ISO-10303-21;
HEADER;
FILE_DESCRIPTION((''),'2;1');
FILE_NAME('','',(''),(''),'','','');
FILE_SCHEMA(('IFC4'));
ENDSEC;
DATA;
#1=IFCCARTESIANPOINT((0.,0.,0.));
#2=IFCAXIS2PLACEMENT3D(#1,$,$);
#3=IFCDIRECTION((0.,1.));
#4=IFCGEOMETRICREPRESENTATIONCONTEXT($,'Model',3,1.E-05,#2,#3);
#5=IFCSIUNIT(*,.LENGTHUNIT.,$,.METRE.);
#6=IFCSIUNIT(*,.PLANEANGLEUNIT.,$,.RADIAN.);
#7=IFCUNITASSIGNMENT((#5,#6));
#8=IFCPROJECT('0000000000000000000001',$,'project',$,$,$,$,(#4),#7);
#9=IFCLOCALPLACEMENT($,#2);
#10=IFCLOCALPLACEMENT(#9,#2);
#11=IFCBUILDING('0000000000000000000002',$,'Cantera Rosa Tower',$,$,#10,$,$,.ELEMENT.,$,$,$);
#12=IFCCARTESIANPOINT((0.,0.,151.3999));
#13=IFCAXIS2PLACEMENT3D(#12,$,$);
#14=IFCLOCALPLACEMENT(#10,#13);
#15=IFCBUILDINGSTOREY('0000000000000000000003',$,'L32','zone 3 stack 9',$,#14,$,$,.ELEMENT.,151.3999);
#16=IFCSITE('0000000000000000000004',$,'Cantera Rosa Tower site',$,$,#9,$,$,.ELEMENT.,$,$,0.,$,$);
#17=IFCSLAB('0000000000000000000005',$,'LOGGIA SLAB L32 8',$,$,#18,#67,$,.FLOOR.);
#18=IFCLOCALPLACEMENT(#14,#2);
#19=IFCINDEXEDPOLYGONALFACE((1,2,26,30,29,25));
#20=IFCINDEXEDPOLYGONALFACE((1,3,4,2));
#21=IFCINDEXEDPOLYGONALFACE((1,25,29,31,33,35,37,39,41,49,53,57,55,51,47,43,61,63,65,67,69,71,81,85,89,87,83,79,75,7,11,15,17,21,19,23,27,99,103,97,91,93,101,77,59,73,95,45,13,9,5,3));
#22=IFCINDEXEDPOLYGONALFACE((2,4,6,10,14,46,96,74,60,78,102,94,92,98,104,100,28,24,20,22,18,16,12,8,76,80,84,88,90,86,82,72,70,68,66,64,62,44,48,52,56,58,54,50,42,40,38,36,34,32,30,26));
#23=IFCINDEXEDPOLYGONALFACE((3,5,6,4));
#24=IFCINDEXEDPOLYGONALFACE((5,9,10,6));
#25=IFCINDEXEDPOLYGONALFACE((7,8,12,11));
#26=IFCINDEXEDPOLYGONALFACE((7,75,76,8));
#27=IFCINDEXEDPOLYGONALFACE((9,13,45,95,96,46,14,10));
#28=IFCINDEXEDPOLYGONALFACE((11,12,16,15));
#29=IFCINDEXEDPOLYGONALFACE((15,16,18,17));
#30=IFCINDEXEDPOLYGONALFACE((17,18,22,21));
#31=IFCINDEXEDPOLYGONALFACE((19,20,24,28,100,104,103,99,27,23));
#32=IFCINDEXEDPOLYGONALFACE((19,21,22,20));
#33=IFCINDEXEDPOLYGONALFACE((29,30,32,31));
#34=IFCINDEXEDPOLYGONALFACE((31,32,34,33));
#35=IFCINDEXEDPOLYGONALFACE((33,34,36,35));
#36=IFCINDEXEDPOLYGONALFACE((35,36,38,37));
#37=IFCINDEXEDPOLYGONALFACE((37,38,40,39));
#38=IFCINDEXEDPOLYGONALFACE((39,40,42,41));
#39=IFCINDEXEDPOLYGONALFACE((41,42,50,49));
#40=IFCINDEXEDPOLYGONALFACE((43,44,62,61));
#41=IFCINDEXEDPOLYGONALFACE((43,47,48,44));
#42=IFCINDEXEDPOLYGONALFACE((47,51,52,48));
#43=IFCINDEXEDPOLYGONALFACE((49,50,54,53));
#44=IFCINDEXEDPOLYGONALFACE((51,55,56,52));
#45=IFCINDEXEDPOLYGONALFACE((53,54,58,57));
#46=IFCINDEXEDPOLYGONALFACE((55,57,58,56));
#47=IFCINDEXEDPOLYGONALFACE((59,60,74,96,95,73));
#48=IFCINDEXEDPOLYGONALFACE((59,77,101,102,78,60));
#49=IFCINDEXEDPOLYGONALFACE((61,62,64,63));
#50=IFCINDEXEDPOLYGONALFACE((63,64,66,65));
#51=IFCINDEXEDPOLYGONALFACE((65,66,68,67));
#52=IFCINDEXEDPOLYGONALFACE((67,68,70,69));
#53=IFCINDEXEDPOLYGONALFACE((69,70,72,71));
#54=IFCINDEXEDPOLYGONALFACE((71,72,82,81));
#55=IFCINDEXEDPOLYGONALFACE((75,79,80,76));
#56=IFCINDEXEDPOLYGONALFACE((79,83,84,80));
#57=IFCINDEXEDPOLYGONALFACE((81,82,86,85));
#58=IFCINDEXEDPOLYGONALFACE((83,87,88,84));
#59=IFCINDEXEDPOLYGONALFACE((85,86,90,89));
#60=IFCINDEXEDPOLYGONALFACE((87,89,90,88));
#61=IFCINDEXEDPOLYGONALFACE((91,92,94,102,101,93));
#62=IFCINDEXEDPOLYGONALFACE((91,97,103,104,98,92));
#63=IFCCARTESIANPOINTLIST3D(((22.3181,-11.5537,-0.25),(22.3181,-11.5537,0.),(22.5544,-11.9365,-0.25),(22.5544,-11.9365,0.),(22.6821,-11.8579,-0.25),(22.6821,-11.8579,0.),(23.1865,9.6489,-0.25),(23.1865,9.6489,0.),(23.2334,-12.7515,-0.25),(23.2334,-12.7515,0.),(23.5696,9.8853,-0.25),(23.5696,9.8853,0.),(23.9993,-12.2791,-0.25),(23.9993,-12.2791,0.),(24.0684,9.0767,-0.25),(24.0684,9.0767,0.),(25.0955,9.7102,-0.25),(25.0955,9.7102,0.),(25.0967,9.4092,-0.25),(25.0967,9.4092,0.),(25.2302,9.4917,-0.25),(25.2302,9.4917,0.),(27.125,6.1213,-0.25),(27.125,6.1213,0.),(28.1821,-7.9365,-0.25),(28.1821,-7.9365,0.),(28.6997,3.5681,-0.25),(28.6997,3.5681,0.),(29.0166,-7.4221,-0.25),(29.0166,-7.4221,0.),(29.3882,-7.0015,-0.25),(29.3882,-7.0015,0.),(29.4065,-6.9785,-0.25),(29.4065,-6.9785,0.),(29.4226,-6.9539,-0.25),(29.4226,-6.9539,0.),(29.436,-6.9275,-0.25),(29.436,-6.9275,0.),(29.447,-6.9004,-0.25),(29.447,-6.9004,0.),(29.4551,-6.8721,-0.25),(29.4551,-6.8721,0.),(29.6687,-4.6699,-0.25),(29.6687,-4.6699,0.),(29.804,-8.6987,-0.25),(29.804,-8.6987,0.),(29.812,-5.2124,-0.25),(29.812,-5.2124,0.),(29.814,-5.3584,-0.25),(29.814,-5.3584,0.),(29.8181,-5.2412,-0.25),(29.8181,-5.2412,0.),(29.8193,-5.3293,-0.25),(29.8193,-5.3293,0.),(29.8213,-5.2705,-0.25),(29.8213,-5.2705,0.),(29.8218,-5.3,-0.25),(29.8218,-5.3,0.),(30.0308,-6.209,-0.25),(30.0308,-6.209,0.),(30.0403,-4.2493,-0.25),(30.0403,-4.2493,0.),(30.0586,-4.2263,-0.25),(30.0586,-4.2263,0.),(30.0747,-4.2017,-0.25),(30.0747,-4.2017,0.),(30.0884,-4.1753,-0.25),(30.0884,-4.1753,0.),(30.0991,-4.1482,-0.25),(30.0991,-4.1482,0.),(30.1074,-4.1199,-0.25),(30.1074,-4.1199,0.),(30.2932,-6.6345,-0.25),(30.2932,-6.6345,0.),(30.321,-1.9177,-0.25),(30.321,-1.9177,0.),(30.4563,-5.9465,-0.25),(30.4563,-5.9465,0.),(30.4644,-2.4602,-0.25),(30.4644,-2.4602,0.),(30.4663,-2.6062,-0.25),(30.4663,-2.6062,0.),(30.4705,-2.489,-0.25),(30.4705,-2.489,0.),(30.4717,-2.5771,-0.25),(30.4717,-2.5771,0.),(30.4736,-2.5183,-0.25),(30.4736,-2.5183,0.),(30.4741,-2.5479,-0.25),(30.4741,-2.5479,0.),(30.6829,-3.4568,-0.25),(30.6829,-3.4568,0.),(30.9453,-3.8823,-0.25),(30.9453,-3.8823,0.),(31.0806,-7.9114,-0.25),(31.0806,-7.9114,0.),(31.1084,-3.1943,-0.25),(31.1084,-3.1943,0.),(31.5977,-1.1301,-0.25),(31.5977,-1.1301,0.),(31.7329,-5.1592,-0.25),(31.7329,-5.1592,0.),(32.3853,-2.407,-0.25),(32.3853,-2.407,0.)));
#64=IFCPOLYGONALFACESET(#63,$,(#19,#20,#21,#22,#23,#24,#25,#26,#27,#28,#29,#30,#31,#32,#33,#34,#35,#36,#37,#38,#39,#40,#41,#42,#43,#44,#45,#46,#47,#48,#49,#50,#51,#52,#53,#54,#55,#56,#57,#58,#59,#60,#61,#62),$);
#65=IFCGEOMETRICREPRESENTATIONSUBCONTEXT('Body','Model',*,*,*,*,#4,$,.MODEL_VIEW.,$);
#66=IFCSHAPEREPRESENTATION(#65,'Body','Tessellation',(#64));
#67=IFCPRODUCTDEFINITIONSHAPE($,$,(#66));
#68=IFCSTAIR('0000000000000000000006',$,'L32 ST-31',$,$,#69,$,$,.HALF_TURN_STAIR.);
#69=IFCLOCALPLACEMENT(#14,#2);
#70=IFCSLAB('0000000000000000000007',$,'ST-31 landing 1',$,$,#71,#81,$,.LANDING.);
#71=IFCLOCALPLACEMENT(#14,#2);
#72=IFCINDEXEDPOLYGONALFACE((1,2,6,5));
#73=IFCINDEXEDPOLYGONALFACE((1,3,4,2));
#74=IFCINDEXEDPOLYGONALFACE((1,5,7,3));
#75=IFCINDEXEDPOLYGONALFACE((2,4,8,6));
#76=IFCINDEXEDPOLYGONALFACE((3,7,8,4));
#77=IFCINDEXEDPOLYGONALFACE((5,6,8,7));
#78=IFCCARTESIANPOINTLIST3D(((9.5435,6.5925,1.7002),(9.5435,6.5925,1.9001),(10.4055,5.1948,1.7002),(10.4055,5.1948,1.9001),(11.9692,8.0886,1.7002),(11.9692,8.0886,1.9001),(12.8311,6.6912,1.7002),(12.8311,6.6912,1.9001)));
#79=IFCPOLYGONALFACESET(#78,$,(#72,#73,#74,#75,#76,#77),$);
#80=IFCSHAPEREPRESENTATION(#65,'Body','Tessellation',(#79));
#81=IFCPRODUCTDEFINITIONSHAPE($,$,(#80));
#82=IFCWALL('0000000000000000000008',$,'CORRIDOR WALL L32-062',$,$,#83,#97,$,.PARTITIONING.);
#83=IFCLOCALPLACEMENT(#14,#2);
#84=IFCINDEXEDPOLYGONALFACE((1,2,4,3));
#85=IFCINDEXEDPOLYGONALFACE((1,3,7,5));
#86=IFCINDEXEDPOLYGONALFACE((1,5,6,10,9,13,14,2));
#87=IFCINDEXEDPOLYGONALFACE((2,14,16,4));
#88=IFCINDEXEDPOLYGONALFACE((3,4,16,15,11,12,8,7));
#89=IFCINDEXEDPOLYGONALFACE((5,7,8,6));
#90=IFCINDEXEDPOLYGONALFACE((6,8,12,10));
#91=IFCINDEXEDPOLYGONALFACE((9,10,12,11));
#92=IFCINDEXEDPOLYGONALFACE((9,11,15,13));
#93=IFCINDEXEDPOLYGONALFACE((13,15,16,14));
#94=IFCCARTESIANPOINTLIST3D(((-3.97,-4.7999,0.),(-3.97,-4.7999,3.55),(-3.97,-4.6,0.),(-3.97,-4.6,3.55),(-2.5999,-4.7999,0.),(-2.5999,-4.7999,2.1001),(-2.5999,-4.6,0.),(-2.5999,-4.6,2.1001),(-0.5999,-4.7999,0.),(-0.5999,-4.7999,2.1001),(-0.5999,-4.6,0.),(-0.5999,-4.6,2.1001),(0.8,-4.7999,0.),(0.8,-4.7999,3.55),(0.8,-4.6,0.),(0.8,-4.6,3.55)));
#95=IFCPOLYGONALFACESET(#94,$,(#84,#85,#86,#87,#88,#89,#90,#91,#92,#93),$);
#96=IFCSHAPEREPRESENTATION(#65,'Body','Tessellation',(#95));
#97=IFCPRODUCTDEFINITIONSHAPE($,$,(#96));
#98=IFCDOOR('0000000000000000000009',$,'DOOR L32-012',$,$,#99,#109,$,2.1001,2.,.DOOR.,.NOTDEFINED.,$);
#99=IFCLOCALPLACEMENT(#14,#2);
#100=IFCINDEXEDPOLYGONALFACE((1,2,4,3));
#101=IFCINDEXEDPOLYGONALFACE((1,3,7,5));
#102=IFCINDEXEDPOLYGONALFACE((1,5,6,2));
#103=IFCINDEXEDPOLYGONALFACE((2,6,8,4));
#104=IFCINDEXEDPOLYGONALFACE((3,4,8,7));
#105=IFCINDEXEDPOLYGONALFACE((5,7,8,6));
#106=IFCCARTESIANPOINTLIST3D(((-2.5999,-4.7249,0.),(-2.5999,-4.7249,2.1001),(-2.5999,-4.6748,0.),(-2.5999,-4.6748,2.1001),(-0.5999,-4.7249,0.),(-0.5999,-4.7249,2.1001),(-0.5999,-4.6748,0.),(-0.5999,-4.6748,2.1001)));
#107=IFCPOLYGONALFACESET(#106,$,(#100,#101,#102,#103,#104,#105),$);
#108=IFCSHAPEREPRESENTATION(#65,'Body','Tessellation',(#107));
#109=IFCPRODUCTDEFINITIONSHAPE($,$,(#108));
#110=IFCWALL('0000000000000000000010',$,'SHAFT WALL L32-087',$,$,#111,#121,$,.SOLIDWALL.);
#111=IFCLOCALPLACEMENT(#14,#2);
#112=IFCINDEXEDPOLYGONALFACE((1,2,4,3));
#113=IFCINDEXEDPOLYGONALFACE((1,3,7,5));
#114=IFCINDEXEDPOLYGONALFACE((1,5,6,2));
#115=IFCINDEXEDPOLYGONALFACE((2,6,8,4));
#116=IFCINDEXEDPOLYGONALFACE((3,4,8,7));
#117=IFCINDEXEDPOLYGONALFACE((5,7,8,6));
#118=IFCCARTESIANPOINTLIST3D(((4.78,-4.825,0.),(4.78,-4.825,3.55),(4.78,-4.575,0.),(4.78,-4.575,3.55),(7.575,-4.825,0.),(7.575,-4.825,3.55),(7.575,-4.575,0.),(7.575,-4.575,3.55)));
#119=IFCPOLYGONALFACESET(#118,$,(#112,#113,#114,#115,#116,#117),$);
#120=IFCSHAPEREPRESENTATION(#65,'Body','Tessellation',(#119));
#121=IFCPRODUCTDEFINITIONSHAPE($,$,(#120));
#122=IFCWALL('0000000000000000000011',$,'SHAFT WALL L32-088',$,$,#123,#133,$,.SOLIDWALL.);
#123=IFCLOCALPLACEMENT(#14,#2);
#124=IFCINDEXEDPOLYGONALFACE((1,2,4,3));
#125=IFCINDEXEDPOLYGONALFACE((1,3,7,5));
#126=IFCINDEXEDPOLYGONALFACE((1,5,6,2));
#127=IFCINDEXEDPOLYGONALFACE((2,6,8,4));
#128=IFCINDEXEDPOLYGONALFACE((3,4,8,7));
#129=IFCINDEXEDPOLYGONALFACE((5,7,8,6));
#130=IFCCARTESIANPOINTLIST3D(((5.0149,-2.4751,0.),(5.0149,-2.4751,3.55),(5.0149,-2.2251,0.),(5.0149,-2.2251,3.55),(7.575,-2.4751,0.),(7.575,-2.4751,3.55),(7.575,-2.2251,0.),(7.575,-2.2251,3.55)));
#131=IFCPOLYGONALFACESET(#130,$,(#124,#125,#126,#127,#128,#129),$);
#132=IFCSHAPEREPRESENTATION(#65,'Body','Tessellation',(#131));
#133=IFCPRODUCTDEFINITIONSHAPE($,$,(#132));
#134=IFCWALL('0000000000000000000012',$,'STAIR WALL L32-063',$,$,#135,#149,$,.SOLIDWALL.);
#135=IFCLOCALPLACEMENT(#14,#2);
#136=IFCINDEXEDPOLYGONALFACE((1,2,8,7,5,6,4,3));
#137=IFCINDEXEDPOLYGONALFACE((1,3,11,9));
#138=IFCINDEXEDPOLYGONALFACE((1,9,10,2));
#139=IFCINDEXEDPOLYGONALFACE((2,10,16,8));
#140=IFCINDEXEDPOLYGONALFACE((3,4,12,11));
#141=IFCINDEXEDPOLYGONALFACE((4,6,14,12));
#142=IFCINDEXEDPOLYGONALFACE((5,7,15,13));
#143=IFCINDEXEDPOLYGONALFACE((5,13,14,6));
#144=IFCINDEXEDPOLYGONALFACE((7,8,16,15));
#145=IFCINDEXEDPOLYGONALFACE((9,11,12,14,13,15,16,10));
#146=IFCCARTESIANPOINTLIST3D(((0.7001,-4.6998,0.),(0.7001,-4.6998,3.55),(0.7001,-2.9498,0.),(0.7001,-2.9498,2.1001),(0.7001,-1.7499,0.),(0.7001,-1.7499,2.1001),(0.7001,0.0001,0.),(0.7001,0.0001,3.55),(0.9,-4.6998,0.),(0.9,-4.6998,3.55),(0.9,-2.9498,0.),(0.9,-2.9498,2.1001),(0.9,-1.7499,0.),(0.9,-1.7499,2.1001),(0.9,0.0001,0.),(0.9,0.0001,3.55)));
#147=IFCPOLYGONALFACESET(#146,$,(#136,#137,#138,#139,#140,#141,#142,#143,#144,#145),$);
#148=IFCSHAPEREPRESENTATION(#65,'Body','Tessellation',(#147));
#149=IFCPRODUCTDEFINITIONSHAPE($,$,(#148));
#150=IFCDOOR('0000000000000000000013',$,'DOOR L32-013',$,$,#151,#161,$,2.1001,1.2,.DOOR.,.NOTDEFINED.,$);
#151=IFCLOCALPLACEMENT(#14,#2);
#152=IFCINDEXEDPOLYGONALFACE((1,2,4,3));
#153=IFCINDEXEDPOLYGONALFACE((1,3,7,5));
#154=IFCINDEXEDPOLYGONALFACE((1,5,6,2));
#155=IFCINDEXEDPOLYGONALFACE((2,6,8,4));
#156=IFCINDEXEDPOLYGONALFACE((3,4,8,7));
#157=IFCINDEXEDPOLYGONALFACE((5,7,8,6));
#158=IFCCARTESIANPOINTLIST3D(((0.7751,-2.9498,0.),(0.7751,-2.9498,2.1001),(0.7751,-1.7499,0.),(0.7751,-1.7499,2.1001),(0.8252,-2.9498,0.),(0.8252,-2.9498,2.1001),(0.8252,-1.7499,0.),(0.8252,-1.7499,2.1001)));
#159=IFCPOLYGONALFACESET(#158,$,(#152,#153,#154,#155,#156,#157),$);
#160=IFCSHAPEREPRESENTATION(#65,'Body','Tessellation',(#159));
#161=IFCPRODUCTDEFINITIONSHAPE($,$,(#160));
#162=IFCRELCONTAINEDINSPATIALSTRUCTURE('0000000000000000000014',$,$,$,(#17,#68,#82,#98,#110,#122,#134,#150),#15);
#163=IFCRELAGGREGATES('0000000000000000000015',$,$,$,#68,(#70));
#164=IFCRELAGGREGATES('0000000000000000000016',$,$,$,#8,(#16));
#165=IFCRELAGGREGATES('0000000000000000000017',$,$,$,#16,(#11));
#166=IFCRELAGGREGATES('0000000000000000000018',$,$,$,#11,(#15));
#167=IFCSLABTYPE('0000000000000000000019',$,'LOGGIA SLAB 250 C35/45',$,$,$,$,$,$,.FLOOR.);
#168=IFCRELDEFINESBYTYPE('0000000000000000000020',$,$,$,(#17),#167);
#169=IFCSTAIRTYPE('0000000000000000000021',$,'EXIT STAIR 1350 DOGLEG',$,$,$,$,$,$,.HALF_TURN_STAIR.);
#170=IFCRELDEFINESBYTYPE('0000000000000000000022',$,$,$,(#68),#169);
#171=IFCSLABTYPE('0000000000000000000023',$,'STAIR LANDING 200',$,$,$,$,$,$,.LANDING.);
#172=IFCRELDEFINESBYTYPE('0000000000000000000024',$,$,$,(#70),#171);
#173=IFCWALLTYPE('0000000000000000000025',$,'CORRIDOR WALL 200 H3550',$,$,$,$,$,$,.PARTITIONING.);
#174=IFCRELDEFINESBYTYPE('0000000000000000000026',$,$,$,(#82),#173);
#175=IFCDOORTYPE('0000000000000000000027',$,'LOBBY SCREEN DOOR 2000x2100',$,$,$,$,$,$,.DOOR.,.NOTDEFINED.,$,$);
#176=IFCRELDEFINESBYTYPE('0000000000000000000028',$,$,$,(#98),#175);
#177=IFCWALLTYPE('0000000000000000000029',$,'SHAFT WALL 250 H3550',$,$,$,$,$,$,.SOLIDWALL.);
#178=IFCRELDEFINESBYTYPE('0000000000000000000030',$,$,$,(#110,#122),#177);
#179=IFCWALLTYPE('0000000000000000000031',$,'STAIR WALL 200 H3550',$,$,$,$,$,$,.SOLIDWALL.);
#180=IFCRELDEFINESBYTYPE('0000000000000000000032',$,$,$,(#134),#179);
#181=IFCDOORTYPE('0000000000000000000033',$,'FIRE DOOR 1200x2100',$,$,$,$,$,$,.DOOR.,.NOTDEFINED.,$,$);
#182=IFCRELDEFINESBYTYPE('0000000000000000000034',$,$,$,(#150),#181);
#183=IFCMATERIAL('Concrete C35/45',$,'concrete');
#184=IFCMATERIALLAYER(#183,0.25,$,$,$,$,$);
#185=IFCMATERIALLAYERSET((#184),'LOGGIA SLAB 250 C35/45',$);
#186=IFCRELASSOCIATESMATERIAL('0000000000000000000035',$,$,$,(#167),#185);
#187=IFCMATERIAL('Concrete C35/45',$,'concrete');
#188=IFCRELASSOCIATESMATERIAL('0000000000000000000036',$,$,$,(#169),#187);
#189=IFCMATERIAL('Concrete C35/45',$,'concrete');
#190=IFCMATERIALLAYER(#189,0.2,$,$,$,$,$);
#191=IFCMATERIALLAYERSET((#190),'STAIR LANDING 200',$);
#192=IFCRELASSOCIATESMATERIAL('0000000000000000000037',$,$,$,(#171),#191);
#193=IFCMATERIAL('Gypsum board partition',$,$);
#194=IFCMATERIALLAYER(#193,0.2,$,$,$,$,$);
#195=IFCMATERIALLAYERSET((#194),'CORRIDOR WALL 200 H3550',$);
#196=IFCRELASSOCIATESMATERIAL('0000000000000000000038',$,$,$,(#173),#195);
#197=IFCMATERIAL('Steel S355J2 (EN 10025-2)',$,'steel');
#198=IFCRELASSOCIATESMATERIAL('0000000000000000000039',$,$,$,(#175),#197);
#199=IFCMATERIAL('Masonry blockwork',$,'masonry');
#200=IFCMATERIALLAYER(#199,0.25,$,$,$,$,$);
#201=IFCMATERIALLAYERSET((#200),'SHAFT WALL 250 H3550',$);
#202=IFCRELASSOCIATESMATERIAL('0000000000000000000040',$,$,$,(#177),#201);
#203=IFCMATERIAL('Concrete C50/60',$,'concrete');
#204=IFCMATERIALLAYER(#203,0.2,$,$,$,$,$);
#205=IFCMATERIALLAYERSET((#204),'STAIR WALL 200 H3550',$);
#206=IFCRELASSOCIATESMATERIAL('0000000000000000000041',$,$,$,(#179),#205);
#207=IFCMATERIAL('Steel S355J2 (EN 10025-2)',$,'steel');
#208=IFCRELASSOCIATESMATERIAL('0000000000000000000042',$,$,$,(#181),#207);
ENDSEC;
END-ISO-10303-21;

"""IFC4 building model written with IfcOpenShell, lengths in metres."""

from ifc_helpers import new_model, si_unit, direction, frame, frame_2d, origin, place, context, subcontext, project, spatial, polyline, rectangle, outline, extrude, material, layer, layer_set, type_object, element, fill, aggregate, save


model = new_model("IFC4")

# Units and contexts
model_context = context("Model", 3, precision=1e-05, world=origin(), true_north=direction((0.0, 1.0)))
body_context = subcontext(model_context, "Body", "Model", "MODEL_VIEW")
ifc_project = project(units=[si_unit("LENGTHUNIT", "METRE"), si_unit("PLANEANGLEUNIT", "RADIAN")], contexts=[model_context])

# Site, building, storey
site_placement = place(None, origin())
site = spatial("IfcSite", under=ifc_project, at=site_placement, Name="Cantera Rosa Tower site", CompositionType="ELEMENT", RefElevation=0.0)
building_placement = place(site_placement, origin())
building = spatial("IfcBuilding", under=site, at=building_placement, Name="Cantera Rosa Tower", CompositionType="ELEMENT")
storey_placement = place(building_placement, frame((0.0, 0.0, 151.3999)))
storey = spatial("IfcBuildingStorey", under=building, at=storey_placement, Name="L32", Description="zone 3 stack 9", CompositionType="ELEMENT", Elevation=151.3999)

# Slab
ifc_material_1 = material(Name="Concrete C35/45", Category="concrete")
ifc_layer_1 = layer(ifc_material_1, 0.25)
ifc_layer_set_1 = layer_set([ifc_layer_1], Name="LOGGIA SLAB 250 C35/45")
slab_type_1 = type_object("IfcSlabType", Name="LOGGIA SLAB 250 C35/45", PredefinedType="FLOOR", material=ifc_layer_set_1)
slab_1_placement = place(storey_placement, frame((0.0, 0.0, -0.25)))
element("IfcSlab", 1, at=slab_1_placement, inside=storey, type_object=slab_type_1, Name="LOGGIA SLAB L32 8", PredefinedType="FLOOR", context=body_context, shape_type="SweptSolid", body=[
    extrude(outline(polyline([(27.125, 6.1213), (28.6997, 3.5681), (31.5977, -1.1301), (32.3853, -2.407), (31.1084, -3.1943), (30.6829, -3.4568), (30.9453, -3.8823), (31.7329, -5.1592), (30.4563, -5.9465), (30.0308, -6.209), (30.2932, -6.6345), (31.0806, -7.9114), (29.804, -8.6987), (23.9993, -12.2791), (23.2334, -12.7515), (22.6821, -11.8579), (22.5544, -11.9365), (22.3181, -11.5537), (28.1821, -7.9365), (29.0166, -7.4221), (29.3882, -7.0015), (29.4065, -6.9785), (29.4226, -6.9539), (29.436, -6.9275), (29.447, -6.9004), (29.4551, -6.8721), (29.814, -5.3584), (29.8193, -5.3293), (29.8218, -5.3), (29.8213, -5.2705), (29.8181, -5.2412), (29.812, -5.2124), (29.6687, -4.6699), (30.0403, -4.2493), (30.0586, -4.2263), (30.0747, -4.2017), (30.0884, -4.1753), (30.0991, -4.1482), (30.1074, -4.1199), (30.4663, -2.6062), (30.4717, -2.5771), (30.4741, -2.5479), (30.4736, -2.5183), (30.4705, -2.489), (30.4644, -2.4602), (30.321, -1.9177), (23.1865, 9.6489), (23.5696, 9.8853), (24.0684, 9.0767), (25.0955, 9.7102), (25.2302, 9.4917), (25.0967, 9.4092), (27.125, 6.1213)])), origin(), (0.0, 0.0, 1.0), 0.25),
])

# Stair, slab
ifc_material_2 = material(Name="Concrete C35/45", Category="concrete")
stair_type = type_object("IfcStairType", Name="EXIT STAIR 1350 DOGLEG", PredefinedType="HALF_TURN_STAIR", material=ifc_material_2)
stair_placement = place(storey_placement, origin())
stair = element("IfcStair", 2, at=stair_placement, inside=storey, type_object=stair_type, Name="L32 ST-31", PredefinedType="HALF_TURN_STAIR")
ifc_material_3 = material(Name="Concrete C35/45", Category="concrete")
ifc_layer_2 = layer(ifc_material_3, 0.2)
ifc_layer_set_2 = layer_set([ifc_layer_2], Name="STAIR LANDING 200")
slab_type_2 = type_object("IfcSlabType", Name="STAIR LANDING 200", PredefinedType="LANDING", material=ifc_layer_set_2)
slab_2_placement = place(storey_placement, frame((0.0, 0.0, 1.7002)))
slab_2 = element("IfcSlab", 3, at=slab_2_placement, type_object=slab_type_2, Name="ST-31 landing 1", PredefinedType="LANDING", context=body_context, shape_type="SweptSolid", body=[
    extrude(outline(polyline([(12.8311, 6.6912), (11.9692, 8.0886), (9.5435, 6.5925), (10.4055, 5.1948), (12.8311, 6.6912)])), origin(), (0.0, 0.0, 1.0), 0.2),
])
aggregate(stair, [slab_2])

# Wall, opening, door
ifc_material_4 = material(Name="Gypsum board partition")
ifc_layer_3 = layer(ifc_material_4, 0.2)
ifc_layer_set_3 = layer_set([ifc_layer_3], Name="CORRIDOR WALL 200 H3550")
wall_type_1 = type_object("IfcWallType", Name="CORRIDOR WALL 200 H3550", PredefinedType="PARTITIONING", material=ifc_layer_set_3)
wall_1_placement = place(storey_placement, frame((0.8, -4.7, 0.0), z_axis=(0.0, 0.0, 1.0), x_axis=(-1.0, 0.0, 0.0)))
wall_1 = element("IfcWall", 4, at=wall_1_placement, inside=storey, type_object=wall_type_1, Name="CORRIDOR WALL L32-062", PredefinedType="PARTITIONING", context=body_context, shape_type="SweptSolid", body=[
    extrude(rectangle(XDim=4.77, YDim=0.2, at=frame_2d((2.385, 0.0))), origin(), (0.0, 0.0, 1.0), 3.55),
])
opening_1_placement = place(wall_1_placement, frame((1.3999, 0.0, 0.0)))
opening_1 = element("IfcOpeningElement", 5, at=opening_1_placement, cuts=wall_1, PredefinedType="OPENING", context=body_context, shape_type="SweptSolid", body=[
    extrude(rectangle(XDim=2.0, YDim=2.1001, at=frame_2d((1.0, 1.05))), frame((0.0, 0.1099, 0.0), z_axis=(0.0, -1.0, 0.0), x_axis=(1.0, 0.0, 0.0)), (0.0, 0.0, 1.0), 0.22),
])
ifc_material_5 = material(Name="Steel S355J2 (EN 10025-2)", Category="steel")
door_type_1 = type_object("IfcDoorType", Name="LOBBY SCREEN DOOR 2000x2100", OperationType="NOTDEFINED", PredefinedType="DOOR", material=ifc_material_5)
door_1_placement = place(opening_1_placement, origin())
door_1 = element("IfcDoor", 6, at=door_1_placement, inside=storey, type_object=door_type_1, Name="DOOR L32-012", OperationType="NOTDEFINED", OverallHeight=2.1001, OverallWidth=2.0, PredefinedType="DOOR", context=body_context, shape_type="SweptSolid", body=[
    extrude(rectangle(XDim=2.0, YDim=2.1001, at=frame_2d((1.0, 1.05))), frame((0.0, 0.0249, 0.0), z_axis=(0.0, -1.0, 0.0), x_axis=(1.0, 0.0, 0.0)), (0.0, 0.0, 1.0), 0.05),
])
fill(opening_1, door_1)

# Walls
ifc_material_6 = material(Name="Masonry blockwork", Category="masonry")
ifc_layer_4 = layer(ifc_material_6, 0.25)
ifc_layer_set_4 = layer_set([ifc_layer_4], Name="SHAFT WALL 250 H3550")
wall_type_2 = type_object("IfcWallType", Name="SHAFT WALL 250 H3550", PredefinedType="SOLIDWALL", material=ifc_layer_set_4)
wall_2_placement = place(storey_placement, frame((7.575, -4.7, 0.0), z_axis=(0.0, 0.0, 1.0), x_axis=(-1.0, 0.0, 0.0)))
element("IfcWall", 7, at=wall_2_placement, inside=storey, type_object=wall_type_2, Name="SHAFT WALL L32-087", PredefinedType="SOLIDWALL", context=body_context, shape_type="SweptSolid", body=[
    extrude(rectangle(XDim=2.7949, YDim=0.25, at=frame_2d((1.3975, 0.0))), origin(), (0.0, 0.0, 1.0), 3.55),
])
wall_3_placement = place(storey_placement, frame((7.575, -2.3501, 0.0), z_axis=(0.0, 0.0, 1.0), x_axis=(-1.0, 0.0, 0.0)))
element("IfcWall", 8, at=wall_3_placement, inside=storey, type_object=wall_type_2, Name="SHAFT WALL L32-088", PredefinedType="SOLIDWALL", context=body_context, shape_type="SweptSolid", body=[
    extrude(rectangle(XDim=2.5601, YDim=0.25, at=frame_2d((1.28, 0.0))), origin(), (0.0, 0.0, 1.0), 3.55),
])

# Wall, opening, door
ifc_material_7 = material(Name="Concrete C50/60", Category="concrete")
ifc_layer_5 = layer(ifc_material_7, 0.2)
ifc_layer_set_5 = layer_set([ifc_layer_5], Name="STAIR WALL 200 H3550")
wall_type_3 = type_object("IfcWallType", Name="STAIR WALL 200 H3550", PredefinedType="SOLIDWALL", material=ifc_layer_set_5)
wall_4_placement = place(storey_placement, frame((0.8, -4.7, 0.0), z_axis=(0.0, 0.0, 1.0), x_axis=(0.0, 1.0, 0.0)))
wall_4 = element("IfcWall", 9, at=wall_4_placement, inside=storey, type_object=wall_type_3, Name="STAIR WALL L32-063", PredefinedType="SOLIDWALL", context=body_context, shape_type="SweptSolid", body=[
    extrude(rectangle(XDim=4.7, YDim=0.2, at=frame_2d((2.3501, 0.0))), origin(), (0.0, 0.0, 1.0), 3.55),
])
opening_2_placement = place(wall_4_placement, frame((1.75, 0.0, 0.0)))
opening_2 = element("IfcOpeningElement", 10, at=opening_2_placement, cuts=wall_4, PredefinedType="OPENING", context=body_context, shape_type="SweptSolid", body=[
    extrude(rectangle(XDim=1.2, YDim=2.1001, at=frame_2d((0.6001, 1.05))), frame((0.0, 0.1099, 0.0), z_axis=(0.0, -1.0, 0.0), x_axis=(1.0, 0.0, 0.0)), (0.0, 0.0, 1.0), 0.22),
])
ifc_material_8 = material(Name="Steel S355J2 (EN 10025-2)", Category="steel")
door_type_2 = type_object("IfcDoorType", Name="FIRE DOOR 1200x2100", OperationType="NOTDEFINED", PredefinedType="DOOR", material=ifc_material_8)
door_2_placement = place(opening_2_placement, origin())
door_2 = element("IfcDoor", 11, at=door_2_placement, inside=storey, type_object=door_type_2, Name="DOOR L32-013", OperationType="NOTDEFINED", OverallHeight=2.1001, OverallWidth=1.2, PredefinedType="DOOR", context=body_context, shape_type="SweptSolid", body=[
    extrude(rectangle(XDim=1.2, YDim=2.1001, at=frame_2d((0.6001, 1.05))), frame((0.0, 0.0249, 0.0), z_axis=(0.0, -1.0, 0.0), x_axis=(1.0, 0.0, 0.0)), (0.0, 0.0, 1.0), 0.05),
])
fill(opening_2, door_2)

save(model, "model.ifc")
